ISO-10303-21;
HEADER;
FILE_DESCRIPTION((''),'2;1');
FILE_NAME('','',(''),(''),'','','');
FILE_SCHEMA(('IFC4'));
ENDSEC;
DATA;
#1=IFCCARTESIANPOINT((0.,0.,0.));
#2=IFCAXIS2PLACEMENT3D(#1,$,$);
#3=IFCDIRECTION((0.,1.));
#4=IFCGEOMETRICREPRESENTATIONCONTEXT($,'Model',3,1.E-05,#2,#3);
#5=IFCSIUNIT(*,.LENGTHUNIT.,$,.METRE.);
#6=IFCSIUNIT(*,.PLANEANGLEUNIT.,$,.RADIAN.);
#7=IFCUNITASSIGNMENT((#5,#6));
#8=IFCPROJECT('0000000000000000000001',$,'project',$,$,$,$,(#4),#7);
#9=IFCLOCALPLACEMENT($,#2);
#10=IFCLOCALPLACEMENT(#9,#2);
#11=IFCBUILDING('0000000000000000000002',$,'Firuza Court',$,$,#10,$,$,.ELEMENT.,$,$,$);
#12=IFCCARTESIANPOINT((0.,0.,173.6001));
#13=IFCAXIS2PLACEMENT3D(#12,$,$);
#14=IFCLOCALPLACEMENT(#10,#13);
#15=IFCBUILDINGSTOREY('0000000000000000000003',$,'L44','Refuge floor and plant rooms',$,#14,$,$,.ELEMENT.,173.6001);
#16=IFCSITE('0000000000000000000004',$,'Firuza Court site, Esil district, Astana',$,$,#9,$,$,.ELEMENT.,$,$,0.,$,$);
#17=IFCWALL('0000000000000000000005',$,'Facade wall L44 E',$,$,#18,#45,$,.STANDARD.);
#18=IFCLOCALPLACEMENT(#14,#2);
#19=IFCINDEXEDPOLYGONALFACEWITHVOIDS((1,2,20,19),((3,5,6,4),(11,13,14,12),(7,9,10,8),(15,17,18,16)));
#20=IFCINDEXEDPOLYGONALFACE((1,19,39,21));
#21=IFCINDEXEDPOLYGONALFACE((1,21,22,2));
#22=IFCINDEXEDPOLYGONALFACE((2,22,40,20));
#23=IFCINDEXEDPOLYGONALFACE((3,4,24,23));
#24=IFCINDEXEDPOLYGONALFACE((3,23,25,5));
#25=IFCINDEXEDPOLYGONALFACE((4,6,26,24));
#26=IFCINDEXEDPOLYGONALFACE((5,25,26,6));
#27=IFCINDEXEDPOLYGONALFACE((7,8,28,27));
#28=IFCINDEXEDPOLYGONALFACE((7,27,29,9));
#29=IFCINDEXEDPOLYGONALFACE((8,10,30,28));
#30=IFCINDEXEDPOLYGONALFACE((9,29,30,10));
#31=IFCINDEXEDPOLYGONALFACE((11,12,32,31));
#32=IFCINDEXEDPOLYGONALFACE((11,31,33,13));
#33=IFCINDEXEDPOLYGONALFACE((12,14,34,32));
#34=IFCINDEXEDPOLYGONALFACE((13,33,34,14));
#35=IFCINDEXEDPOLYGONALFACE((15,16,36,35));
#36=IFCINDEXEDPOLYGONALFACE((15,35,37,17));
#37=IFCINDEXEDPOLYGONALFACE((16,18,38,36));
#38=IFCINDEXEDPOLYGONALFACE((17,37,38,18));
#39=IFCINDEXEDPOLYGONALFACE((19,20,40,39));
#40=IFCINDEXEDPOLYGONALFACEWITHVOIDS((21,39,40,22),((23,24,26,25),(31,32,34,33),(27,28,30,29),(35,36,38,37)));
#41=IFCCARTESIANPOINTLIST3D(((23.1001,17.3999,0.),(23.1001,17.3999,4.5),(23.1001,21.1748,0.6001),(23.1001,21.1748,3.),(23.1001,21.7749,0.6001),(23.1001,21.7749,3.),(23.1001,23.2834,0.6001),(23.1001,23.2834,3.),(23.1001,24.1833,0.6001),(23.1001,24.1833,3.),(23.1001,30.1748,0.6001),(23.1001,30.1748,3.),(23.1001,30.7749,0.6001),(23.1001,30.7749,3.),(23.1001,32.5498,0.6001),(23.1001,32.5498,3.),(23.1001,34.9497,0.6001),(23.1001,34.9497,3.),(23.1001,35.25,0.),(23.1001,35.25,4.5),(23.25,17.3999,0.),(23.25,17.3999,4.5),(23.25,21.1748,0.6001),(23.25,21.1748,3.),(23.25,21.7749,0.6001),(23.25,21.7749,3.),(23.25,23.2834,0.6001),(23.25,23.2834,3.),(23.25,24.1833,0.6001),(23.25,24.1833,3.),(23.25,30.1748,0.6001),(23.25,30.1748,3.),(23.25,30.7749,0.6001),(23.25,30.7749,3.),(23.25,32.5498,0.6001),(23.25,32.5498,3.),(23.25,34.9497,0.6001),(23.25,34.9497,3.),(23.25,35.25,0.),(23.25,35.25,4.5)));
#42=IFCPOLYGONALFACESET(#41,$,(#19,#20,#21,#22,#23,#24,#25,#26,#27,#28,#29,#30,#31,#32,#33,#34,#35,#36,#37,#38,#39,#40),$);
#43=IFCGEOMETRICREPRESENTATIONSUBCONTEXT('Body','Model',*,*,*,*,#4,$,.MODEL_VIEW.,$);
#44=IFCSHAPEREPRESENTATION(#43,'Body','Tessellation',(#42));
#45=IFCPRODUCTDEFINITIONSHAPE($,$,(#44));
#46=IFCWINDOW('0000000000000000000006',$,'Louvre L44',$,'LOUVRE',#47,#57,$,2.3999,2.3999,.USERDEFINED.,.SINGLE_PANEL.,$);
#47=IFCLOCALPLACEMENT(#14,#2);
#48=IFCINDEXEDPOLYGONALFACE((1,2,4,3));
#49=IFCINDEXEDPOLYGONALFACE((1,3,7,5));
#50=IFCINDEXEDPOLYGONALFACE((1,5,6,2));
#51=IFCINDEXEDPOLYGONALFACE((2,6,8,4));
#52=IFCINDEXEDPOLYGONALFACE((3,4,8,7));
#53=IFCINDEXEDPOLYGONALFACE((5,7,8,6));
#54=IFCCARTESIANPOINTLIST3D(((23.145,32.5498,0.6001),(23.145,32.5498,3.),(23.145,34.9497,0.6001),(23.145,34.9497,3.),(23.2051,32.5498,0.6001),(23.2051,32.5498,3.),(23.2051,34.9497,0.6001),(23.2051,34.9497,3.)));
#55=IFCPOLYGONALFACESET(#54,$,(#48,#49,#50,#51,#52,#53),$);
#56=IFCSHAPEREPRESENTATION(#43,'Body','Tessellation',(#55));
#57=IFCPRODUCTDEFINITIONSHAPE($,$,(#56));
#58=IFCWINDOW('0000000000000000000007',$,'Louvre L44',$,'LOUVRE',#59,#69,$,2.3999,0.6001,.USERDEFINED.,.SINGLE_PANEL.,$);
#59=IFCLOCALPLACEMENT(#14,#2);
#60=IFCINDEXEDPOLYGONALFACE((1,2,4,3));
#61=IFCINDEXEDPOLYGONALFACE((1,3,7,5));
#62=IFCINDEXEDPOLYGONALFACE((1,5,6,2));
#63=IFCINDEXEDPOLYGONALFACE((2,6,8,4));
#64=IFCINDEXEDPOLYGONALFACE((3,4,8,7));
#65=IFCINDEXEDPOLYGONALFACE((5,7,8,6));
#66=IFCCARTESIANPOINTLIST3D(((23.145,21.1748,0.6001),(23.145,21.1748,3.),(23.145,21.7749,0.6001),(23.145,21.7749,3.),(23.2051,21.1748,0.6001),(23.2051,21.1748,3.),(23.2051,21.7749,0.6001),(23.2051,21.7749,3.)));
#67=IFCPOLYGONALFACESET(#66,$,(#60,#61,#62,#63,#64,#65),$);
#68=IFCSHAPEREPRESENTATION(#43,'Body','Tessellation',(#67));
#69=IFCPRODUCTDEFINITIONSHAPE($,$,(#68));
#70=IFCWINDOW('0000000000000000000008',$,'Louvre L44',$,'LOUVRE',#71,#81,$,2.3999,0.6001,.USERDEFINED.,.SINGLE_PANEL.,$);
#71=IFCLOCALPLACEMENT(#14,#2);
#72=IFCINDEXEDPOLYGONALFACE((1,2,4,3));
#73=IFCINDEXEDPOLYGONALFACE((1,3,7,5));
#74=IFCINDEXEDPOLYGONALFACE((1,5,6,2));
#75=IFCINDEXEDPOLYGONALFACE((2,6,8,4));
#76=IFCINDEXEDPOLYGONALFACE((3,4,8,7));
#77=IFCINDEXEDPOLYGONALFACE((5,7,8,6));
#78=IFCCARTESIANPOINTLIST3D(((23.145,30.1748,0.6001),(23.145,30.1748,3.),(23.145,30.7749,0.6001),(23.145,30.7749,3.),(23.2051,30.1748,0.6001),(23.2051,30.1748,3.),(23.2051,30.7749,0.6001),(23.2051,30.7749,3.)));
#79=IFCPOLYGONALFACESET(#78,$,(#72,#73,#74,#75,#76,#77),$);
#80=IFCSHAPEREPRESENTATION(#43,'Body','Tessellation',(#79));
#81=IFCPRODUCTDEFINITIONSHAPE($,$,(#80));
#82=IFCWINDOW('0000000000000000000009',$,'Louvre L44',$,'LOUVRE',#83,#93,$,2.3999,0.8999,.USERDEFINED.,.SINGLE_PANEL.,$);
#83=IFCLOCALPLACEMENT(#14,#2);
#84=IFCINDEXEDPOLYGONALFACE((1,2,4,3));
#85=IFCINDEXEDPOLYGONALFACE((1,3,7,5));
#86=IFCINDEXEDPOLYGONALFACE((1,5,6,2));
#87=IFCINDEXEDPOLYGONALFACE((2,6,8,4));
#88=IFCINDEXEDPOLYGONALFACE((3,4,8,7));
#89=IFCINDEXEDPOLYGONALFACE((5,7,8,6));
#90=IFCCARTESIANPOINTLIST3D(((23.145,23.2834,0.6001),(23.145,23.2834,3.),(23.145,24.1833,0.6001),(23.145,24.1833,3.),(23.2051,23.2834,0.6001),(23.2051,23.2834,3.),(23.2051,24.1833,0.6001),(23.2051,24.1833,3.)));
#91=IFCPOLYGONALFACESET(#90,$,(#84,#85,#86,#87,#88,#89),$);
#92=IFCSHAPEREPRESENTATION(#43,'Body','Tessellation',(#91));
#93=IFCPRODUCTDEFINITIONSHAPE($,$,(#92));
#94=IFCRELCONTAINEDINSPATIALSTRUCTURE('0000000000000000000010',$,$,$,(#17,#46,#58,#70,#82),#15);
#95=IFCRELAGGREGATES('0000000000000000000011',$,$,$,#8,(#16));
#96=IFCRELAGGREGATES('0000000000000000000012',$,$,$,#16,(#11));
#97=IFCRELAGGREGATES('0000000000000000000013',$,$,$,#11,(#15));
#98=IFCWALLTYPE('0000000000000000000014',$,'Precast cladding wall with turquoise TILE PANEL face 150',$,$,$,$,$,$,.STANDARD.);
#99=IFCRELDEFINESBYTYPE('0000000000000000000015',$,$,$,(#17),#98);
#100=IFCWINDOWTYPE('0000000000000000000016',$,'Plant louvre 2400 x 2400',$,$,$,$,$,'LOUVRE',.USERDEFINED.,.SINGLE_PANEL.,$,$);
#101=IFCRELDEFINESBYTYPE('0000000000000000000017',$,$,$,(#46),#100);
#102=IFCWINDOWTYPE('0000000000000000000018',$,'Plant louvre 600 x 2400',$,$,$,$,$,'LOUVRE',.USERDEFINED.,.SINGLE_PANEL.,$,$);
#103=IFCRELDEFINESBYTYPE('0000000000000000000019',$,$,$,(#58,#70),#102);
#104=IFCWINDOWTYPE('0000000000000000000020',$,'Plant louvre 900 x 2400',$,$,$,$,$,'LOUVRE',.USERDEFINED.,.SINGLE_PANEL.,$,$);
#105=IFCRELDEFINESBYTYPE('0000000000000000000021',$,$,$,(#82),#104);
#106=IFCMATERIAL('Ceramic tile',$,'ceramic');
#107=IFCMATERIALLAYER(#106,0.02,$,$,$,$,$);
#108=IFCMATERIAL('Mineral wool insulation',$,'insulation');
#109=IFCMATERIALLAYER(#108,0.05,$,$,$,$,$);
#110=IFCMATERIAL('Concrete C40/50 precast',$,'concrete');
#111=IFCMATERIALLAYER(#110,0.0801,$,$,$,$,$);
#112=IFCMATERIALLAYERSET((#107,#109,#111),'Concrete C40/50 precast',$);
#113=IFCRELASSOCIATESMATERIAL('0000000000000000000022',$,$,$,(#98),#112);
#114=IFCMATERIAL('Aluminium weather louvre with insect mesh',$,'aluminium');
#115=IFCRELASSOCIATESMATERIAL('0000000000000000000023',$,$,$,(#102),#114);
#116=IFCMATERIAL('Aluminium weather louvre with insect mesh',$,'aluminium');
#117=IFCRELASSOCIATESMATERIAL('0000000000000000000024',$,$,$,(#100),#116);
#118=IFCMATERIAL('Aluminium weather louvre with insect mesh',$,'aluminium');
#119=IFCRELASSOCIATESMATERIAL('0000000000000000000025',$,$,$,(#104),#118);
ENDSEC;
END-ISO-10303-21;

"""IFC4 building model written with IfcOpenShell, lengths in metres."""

from ifc_helpers import new_model, si_unit, direction, frame, frame_2d, origin, place, context, subcontext, project, spatial, rectangle, extrude, material, layer, layer_set, type_object, element, fill, save


model = new_model("IFC4")

# Units and contexts
model_context = context("Model", 3, precision=1e-05, world=origin(), true_north=direction((0.0, 1.0)))
body_context = subcontext(model_context, "Body", "Model", "MODEL_VIEW")
ifc_project = project(units=[si_unit("LENGTHUNIT", "METRE"), si_unit("PLANEANGLEUNIT", "RADIAN")], contexts=[model_context])

# Site, building, storey
site_placement = place(None, origin())
site = spatial("IfcSite", under=ifc_project, at=site_placement, Name="Firuza Court site, Esil district, Astana", CompositionType="ELEMENT", RefElevation=0.0)
building_placement = place(site_placement, origin())
building = spatial("IfcBuilding", under=site, at=building_placement, Name="Firuza Court", CompositionType="ELEMENT")
storey_placement = place(building_placement, frame((0.0, 0.0, 173.6001)))
storey = spatial("IfcBuildingStorey", under=building, at=storey_placement, Name="L44", Description="Refuge floor and plant rooms", CompositionType="ELEMENT", Elevation=173.6001)

# Shared definitions
ifc_material_1 = material(Name="Ceramic tile", Category="ceramic")
ifc_layer_1 = layer(ifc_material_1, 0.02)
ifc_material_2 = material(Name="Mineral wool insulation", Category="insulation")
ifc_layer_2 = layer(ifc_material_2, 0.05)
ifc_material_3 = material(Name="Concrete C40/50 precast", Category="concrete")
ifc_layer_3 = layer(ifc_material_3, 0.0801)
ifc_layer_set = layer_set([ifc_layer_1, ifc_layer_2, ifc_layer_3], Name="Concrete C40/50 precast")
wall_type = type_object("IfcWallType", Name="Precast cladding wall with turquoise TILE PANEL face 150", PredefinedType="STANDARD", material=ifc_layer_set)
ifc_material_4 = material(Name="Aluminium weather louvre with insect mesh", Category="aluminium")
window_type_1 = type_object("IfcWindowType", Name="Plant louvre 600 x 2400", ElementType="LOUVRE", PartitioningType="SINGLE_PANEL", PredefinedType="USERDEFINED", material=ifc_material_4)

# Shared definitions
ifc_material_5 = material(Name="Aluminium weather louvre with insect mesh", Category="aluminium")
window_type_2 = type_object("IfcWindowType", Name="Plant louvre 2400 x 2400", ElementType="LOUVRE", PartitioningType="SINGLE_PANEL", PredefinedType="USERDEFINED", material=ifc_material_5)

# Wall, openings, windows
wall_1_placement = place(storey_placement, frame((23.175, 17.3999, 0.0), z_axis=(0.0, 0.0, 1.0), x_axis=(0.0, 1.0, 0.0)))
wall_1 = element("IfcWall", 1, at=wall_1_placement, inside=storey, type_object=wall_type, Name="Facade wall L44 E", PredefinedType="STANDARD", context=body_context, shape_type="SweptSolid", body=[
    extrude(rectangle(XDim=17.8501, YDim=0.1499, at=frame_2d((8.925, 0.0))), origin(), (0.0, 0.0, 1.0), 4.5),
])
opening_1_placement = place(wall_1_placement, frame((3.7749, 0.0, 0.6001)))
opening_1 = element("IfcOpeningElement", 2, at=opening_1_placement, cuts=wall_1, PredefinedType="OPENING", context=body_context, shape_type="SweptSolid", body=[
    extrude(rectangle(XDim=0.6001, YDim=2.3999, at=frame_2d((0.3, 1.2))), frame((0.0, 0.0869, 0.0), z_axis=(0.0, -1.0, 0.0), x_axis=(1.0, 0.0, 0.0)), (0.0, 0.0, 1.0), 0.1738),
])
opening_2_placement = place(wall_1_placement, frame((5.8835, 0.0, 0.6001)))
opening_2 = element("IfcOpeningElement", 3, at=opening_2_placement, cuts=wall_1, PredefinedType="OPENING", context=body_context, shape_type="SweptSolid", body=[
    extrude(rectangle(XDim=0.8999, YDim=2.3999, at=frame_2d((0.45, 1.2))), frame((0.0, 0.0869, 0.0), z_axis=(0.0, -1.0, 0.0), x_axis=(1.0, 0.0, 0.0)), (0.0, 0.0, 1.0), 0.1738),
])
opening_3_placement = place(wall_1_placement, frame((12.7749, 0.0, 0.6001)))
opening_3 = element("IfcOpeningElement", 4, at=opening_3_placement, cuts=wall_1, PredefinedType="OPENING", context=body_context, shape_type="SweptSolid", body=[
    extrude(rectangle(XDim=0.6001, YDim=2.3999, at=frame_2d((0.3, 1.2))), frame((0.0, 0.0869, 0.0), z_axis=(0.0, -1.0, 0.0), x_axis=(1.0, 0.0, 0.0)), (0.0, 0.0, 1.0), 0.1738),
])
opening_4_placement = place(wall_1_placement, frame((15.1499, 0.0, 0.6001)))
opening_4 = element("IfcOpeningElement", 5, at=opening_4_placement, cuts=wall_1, PredefinedType="OPENING", context=body_context, shape_type="SweptSolid", body=[
    extrude(rectangle(XDim=2.3999, YDim=2.3999, at=frame_2d((1.2, 1.2))), frame((0.0, 0.0869, 0.0), z_axis=(0.0, -1.0, 0.0), x_axis=(1.0, 0.0, 0.0)), (0.0, 0.0, 1.0), 0.1738),
])
window_1_placement = place(opening_4_placement, origin())
window_1 = element("IfcWindow", 6, at=window_1_placement, inside=storey, type_object=window_type_2, Name="Louvre L44", ObjectType="LOUVRE", OverallHeight=2.3999, OverallWidth=2.3999, PartitioningType="SINGLE_PANEL", PredefinedType="USERDEFINED", context=body_context, shape_type="SweptSolid", body=[
    extrude(rectangle(XDim=2.3999, YDim=2.3999, at=frame_2d((1.2, 1.2))), frame((0.0, 0.03, 0.0), z_axis=(0.0, -1.0, 0.0), x_axis=(1.0, 0.0, 0.0)), (0.0, 0.0, 1.0), 0.0601),
])
fill(opening_4, window_1)
window_2_placement = place(opening_1_placement, origin())
window_2 = element("IfcWindow", 7, at=window_2_placement, inside=storey, type_object=window_type_1, Name="Louvre L44", ObjectType="LOUVRE", OverallHeight=2.3999, OverallWidth=0.6001, PartitioningType="SINGLE_PANEL", PredefinedType="USERDEFINED", context=body_context, shape_type="SweptSolid", body=[
    extrude(rectangle(XDim=0.6001, YDim=2.3999, at=frame_2d((0.3, 1.2))), frame((0.0, 0.03, 0.0), z_axis=(0.0, -1.0, 0.0), x_axis=(1.0, 0.0, 0.0)), (0.0, 0.0, 1.0), 0.0601),
])
fill(opening_1, window_2)
window_3_placement = place(opening_3_placement, origin())
window_3 = element("IfcWindow", 8, at=window_3_placement, inside=storey, type_object=window_type_1, Name="Louvre L44", ObjectType="LOUVRE", OverallHeight=2.3999, OverallWidth=0.6001, PartitioningType="SINGLE_PANEL", PredefinedType="USERDEFINED", context=body_context, shape_type="SweptSolid", body=[
    extrude(rectangle(XDim=0.6001, YDim=2.3999, at=frame_2d((0.3, 1.2))), frame((0.0, 0.03, 0.0), z_axis=(0.0, -1.0, 0.0), x_axis=(1.0, 0.0, 0.0)), (0.0, 0.0, 1.0), 0.0601),
])
fill(opening_3, window_3)
ifc_material_6 = material(Name="Aluminium weather louvre with insect mesh", Category="aluminium")
window_type_3 = type_object("IfcWindowType", Name="Plant louvre 900 x 2400", ElementType="LOUVRE", PartitioningType="SINGLE_PANEL", PredefinedType="USERDEFINED", material=ifc_material_6)
window_4_placement = place(opening_2_placement, origin())
window_4 = element("IfcWindow", 9, at=window_4_placement, inside=storey, type_object=window_type_3, Name="Louvre L44", ObjectType="LOUVRE", OverallHeight=2.3999, OverallWidth=0.8999, PartitioningType="SINGLE_PANEL", PredefinedType="USERDEFINED", context=body_context, shape_type="SweptSolid", body=[
    extrude(rectangle(XDim=0.8999, YDim=2.3999, at=frame_2d((0.45, 1.2))), frame((0.0, 0.03, 0.0), z_axis=(0.0, -1.0, 0.0), x_axis=(1.0, 0.0, 0.0)), (0.0, 0.0, 1.0), 0.0601),
])
fill(opening_2, window_4)

save(model, "model.ifc")
